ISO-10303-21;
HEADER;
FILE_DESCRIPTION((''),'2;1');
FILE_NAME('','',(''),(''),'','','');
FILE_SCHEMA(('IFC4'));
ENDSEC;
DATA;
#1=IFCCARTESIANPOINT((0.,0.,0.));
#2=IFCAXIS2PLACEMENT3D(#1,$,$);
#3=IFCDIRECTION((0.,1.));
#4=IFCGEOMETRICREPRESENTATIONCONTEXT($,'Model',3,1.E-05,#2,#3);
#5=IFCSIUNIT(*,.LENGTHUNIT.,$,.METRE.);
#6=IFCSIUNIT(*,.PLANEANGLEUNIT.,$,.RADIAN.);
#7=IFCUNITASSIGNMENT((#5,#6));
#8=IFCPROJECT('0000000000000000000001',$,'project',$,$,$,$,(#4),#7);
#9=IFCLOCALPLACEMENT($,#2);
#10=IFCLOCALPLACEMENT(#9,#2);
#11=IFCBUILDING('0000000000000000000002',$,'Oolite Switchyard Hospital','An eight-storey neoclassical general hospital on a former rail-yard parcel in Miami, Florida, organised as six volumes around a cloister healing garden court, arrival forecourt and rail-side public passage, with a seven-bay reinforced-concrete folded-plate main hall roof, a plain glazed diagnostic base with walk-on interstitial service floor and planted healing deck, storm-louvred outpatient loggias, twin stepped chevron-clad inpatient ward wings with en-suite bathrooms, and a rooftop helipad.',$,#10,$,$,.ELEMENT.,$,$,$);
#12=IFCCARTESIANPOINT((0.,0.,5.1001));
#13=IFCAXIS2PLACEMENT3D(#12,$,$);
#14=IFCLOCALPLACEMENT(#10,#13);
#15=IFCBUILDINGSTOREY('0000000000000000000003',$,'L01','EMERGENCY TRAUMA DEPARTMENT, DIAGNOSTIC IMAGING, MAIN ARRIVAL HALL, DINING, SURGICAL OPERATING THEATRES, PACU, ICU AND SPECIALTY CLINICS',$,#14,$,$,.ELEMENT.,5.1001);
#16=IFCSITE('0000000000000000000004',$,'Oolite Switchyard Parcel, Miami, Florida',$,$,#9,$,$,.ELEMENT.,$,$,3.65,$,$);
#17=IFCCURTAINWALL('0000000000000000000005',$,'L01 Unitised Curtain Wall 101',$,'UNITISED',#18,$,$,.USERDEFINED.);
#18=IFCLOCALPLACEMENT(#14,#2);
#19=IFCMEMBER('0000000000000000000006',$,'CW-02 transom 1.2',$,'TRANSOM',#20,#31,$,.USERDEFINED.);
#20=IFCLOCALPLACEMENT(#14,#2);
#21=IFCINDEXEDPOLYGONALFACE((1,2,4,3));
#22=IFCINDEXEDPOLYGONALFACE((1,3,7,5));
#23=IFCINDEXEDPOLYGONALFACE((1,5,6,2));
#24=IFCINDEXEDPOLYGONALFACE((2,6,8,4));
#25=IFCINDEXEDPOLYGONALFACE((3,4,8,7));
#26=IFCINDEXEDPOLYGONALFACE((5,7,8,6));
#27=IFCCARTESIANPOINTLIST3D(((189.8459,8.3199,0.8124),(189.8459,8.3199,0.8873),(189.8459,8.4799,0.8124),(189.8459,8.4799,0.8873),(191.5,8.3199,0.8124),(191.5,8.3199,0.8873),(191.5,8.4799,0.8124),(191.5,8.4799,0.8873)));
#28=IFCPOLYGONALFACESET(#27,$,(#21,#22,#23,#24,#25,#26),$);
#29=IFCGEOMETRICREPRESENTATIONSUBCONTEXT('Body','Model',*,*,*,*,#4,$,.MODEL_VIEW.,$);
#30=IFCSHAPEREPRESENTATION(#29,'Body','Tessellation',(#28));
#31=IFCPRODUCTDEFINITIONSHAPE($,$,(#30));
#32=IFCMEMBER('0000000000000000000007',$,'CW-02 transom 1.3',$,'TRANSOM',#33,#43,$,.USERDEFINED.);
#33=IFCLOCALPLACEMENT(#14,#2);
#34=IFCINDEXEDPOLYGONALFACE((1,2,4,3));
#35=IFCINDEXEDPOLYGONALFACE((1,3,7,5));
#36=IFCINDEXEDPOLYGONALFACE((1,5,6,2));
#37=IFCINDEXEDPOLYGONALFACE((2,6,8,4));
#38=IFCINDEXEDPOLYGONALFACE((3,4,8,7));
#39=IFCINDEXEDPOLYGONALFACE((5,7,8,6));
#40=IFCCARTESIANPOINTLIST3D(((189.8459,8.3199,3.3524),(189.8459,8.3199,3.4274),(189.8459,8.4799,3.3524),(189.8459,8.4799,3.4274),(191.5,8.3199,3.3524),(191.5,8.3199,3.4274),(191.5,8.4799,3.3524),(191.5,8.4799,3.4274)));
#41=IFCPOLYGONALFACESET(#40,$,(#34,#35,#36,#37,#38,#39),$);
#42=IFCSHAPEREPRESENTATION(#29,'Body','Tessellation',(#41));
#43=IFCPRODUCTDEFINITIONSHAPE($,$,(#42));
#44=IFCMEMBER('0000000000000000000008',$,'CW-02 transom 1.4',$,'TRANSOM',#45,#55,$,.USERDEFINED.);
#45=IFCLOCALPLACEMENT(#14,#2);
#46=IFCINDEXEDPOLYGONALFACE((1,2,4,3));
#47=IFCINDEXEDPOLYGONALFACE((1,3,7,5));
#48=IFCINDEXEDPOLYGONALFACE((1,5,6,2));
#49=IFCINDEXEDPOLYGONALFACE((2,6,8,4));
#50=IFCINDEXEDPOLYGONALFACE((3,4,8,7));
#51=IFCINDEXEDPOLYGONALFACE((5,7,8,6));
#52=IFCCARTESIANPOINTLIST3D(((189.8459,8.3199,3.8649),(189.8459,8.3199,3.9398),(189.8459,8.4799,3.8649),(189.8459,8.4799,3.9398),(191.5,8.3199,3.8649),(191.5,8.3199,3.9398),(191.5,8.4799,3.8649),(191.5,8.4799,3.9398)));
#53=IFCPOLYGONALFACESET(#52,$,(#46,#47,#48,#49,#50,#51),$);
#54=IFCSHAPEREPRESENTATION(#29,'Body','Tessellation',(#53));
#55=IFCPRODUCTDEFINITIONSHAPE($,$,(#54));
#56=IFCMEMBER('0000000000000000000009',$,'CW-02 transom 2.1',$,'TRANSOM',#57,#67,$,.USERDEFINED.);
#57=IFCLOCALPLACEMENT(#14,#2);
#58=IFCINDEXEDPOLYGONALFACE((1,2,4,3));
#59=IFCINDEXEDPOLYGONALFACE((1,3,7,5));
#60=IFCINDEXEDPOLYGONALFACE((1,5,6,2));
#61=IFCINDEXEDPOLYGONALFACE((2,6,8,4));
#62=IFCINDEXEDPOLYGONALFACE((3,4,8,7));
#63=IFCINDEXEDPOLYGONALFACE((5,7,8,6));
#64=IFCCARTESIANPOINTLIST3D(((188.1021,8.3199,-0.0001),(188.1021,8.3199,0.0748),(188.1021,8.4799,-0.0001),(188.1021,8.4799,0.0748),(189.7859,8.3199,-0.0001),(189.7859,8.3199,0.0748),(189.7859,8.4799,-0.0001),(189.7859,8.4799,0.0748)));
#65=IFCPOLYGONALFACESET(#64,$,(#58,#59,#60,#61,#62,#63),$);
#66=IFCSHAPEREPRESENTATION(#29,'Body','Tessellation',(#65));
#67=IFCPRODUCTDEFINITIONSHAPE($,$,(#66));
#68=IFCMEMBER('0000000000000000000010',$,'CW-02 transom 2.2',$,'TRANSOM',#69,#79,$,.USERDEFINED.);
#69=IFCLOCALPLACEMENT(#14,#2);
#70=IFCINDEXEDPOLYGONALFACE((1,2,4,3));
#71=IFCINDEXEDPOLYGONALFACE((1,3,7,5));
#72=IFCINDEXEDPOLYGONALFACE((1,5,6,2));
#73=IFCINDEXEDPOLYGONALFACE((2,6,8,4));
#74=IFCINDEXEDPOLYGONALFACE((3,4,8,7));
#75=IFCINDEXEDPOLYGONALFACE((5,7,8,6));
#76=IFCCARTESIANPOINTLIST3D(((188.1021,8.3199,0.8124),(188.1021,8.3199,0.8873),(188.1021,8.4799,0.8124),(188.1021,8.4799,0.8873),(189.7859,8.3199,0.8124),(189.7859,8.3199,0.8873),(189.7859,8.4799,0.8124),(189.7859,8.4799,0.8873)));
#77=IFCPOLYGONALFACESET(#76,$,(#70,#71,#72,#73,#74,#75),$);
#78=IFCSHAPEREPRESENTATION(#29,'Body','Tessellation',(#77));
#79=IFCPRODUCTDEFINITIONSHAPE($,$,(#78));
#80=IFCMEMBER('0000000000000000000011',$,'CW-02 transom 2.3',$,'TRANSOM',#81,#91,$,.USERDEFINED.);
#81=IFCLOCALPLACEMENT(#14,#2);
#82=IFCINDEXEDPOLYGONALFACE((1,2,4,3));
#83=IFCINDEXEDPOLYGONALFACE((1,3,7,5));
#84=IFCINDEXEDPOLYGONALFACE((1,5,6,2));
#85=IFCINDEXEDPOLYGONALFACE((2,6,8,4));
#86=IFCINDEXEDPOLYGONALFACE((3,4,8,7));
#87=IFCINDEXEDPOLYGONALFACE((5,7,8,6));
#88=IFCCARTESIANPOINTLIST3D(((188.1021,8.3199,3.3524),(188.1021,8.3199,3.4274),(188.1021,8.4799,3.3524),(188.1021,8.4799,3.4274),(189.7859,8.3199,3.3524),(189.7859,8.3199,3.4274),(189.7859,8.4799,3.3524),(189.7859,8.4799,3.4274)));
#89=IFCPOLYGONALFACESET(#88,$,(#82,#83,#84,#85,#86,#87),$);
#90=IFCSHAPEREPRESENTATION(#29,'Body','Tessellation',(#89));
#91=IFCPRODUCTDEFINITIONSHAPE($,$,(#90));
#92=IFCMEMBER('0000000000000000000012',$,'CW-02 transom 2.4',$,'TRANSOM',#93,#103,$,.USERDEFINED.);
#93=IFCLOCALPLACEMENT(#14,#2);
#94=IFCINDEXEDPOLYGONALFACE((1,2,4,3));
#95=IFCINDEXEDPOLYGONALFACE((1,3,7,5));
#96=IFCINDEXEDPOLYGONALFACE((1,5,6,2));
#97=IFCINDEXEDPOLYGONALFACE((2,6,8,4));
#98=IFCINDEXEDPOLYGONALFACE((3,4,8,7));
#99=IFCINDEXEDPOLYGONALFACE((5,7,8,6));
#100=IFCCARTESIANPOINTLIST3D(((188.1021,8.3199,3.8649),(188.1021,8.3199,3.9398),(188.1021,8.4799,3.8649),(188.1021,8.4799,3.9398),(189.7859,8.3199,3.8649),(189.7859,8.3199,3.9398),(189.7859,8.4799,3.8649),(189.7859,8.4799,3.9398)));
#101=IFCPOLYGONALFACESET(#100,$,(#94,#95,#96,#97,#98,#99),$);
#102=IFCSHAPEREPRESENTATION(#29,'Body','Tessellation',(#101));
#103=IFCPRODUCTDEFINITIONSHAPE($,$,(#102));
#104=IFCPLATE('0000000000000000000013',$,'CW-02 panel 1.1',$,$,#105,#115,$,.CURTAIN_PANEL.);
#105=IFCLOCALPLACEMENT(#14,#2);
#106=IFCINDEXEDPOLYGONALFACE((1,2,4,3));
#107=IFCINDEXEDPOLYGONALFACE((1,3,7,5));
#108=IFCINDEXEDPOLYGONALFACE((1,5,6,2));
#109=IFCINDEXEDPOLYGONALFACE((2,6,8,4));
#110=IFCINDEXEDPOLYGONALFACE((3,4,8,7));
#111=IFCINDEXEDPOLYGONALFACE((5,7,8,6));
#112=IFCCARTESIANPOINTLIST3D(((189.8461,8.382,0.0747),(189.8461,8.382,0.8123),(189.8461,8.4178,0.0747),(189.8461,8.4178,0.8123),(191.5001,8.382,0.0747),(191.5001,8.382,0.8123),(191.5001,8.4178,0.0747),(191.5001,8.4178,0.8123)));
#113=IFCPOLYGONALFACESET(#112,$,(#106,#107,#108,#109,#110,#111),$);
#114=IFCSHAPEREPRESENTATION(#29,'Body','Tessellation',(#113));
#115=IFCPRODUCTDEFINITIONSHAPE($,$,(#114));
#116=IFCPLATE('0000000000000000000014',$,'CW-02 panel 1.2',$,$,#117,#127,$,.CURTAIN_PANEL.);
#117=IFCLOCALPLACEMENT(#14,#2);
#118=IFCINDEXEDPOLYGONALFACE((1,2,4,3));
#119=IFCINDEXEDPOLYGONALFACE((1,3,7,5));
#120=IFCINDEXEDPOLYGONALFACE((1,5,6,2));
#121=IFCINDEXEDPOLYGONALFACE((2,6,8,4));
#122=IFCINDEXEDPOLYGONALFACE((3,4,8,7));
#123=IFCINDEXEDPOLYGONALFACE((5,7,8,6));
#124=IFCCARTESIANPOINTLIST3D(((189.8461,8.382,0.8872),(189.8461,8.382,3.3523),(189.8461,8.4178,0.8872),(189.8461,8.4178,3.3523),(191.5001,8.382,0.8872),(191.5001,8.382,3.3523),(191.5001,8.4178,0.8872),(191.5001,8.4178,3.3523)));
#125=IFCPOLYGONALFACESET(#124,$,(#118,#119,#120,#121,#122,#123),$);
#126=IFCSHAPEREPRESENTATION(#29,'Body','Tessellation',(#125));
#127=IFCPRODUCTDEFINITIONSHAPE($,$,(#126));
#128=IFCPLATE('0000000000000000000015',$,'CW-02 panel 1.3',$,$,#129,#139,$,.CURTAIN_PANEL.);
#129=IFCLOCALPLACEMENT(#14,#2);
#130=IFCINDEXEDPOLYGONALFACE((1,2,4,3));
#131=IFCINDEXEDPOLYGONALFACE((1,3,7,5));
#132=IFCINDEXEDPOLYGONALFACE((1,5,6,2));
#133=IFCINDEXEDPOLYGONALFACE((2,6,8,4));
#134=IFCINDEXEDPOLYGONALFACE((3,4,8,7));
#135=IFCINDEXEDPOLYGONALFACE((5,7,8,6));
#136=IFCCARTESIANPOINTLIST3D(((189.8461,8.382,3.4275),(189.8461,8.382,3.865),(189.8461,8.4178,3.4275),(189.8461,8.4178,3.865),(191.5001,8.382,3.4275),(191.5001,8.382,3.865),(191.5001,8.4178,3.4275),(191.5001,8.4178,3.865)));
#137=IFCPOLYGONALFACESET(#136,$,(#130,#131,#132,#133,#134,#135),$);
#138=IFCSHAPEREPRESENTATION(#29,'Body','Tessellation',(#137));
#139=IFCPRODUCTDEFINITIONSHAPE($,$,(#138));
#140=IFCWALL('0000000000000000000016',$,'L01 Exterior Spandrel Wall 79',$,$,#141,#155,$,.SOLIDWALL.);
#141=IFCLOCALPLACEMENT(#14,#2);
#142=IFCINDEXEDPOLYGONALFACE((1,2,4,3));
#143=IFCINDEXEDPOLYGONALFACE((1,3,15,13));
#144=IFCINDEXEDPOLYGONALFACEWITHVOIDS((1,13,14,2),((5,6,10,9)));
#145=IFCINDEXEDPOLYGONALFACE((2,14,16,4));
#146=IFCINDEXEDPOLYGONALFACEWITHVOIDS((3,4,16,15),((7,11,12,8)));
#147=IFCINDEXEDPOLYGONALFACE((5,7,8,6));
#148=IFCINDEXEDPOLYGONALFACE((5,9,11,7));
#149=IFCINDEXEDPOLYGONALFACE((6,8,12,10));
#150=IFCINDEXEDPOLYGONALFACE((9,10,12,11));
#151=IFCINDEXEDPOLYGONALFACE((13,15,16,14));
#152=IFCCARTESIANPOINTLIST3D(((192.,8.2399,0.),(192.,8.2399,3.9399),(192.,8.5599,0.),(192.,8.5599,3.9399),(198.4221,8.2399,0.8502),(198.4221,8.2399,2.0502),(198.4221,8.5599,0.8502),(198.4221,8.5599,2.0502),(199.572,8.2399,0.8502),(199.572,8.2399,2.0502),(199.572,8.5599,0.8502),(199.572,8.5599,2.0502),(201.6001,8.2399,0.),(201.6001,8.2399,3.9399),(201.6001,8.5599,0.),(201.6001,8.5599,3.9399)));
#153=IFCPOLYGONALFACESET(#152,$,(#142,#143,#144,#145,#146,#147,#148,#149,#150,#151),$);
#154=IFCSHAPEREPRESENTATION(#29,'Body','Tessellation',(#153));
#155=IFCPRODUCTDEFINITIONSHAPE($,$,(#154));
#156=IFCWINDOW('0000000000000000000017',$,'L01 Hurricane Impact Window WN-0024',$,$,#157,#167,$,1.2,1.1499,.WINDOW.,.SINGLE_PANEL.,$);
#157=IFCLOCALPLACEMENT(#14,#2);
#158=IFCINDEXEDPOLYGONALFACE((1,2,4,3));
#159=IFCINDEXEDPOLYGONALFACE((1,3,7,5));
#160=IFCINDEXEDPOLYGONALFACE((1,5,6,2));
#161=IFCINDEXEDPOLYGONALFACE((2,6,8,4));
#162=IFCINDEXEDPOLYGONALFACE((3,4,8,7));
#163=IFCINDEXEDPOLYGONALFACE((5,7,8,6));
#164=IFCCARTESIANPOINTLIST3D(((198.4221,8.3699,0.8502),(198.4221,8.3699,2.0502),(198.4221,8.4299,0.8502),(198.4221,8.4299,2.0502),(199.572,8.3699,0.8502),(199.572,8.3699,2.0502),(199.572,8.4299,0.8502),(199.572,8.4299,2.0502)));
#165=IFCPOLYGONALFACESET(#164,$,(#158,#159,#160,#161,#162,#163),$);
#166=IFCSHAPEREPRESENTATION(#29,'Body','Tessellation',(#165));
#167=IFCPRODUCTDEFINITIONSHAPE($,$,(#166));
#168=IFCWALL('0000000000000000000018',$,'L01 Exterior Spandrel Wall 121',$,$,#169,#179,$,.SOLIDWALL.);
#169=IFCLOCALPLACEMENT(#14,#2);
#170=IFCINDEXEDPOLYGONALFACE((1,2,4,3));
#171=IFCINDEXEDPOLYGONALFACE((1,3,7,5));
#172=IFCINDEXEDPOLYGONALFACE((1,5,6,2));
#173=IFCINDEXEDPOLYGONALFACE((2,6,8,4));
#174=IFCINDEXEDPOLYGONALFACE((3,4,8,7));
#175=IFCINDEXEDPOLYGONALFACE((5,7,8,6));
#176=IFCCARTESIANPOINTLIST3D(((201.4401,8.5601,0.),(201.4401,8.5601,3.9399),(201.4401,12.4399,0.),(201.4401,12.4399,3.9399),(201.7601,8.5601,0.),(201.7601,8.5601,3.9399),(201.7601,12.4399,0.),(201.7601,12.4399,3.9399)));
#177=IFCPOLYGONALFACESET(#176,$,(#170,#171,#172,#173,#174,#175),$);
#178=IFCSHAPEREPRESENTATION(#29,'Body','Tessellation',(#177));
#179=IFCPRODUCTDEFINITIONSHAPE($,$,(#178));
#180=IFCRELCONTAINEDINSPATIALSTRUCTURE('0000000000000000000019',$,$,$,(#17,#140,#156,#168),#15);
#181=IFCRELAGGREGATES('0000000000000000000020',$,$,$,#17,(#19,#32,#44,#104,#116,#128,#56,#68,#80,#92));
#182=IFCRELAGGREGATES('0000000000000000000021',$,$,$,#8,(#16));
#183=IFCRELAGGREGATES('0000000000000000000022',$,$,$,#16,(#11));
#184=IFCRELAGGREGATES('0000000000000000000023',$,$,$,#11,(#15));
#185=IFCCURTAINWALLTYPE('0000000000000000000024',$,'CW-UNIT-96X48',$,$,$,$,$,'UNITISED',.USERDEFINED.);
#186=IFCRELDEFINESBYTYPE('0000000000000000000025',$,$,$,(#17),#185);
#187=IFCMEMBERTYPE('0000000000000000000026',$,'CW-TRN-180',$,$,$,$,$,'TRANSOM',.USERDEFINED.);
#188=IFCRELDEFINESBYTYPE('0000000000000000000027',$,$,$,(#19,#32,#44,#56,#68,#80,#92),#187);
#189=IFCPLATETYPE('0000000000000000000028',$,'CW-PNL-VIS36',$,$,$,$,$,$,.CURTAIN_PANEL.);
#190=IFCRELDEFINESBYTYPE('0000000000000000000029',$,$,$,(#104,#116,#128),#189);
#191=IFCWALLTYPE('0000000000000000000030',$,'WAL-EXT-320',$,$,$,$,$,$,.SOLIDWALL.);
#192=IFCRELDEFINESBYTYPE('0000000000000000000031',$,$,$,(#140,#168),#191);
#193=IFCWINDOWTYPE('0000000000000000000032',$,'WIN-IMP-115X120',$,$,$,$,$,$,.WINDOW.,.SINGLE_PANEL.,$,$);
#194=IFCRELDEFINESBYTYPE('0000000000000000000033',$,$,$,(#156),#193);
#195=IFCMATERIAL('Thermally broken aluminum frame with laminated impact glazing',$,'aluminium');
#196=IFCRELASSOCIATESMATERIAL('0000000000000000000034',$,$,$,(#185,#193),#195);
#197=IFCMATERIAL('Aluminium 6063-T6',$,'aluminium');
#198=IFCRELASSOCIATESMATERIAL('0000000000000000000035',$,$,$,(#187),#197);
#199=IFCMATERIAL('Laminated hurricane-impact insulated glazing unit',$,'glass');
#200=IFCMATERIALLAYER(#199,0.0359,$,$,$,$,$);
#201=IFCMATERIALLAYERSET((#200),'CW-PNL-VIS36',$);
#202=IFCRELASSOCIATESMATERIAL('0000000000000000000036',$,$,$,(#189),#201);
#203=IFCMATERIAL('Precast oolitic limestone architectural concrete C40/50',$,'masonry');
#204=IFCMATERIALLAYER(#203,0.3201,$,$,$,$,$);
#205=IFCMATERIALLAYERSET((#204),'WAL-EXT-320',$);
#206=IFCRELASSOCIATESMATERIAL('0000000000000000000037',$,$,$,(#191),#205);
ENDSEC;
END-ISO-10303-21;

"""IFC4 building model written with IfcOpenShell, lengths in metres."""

from ifc_helpers import new_model, si_unit, direction, frame, frame_2d, origin, origin_2d, place, context, subcontext, project, spatial, rectangle, extrude, material, layer, layer_set, material_profile, profile_set, type_object, element, fill, aggregate, save


model = new_model("IFC4")

# Units and contexts
model_context = context("Model", 3, precision=1e-05, world=origin(), true_north=direction((0.0, 1.0)))
body_context = subcontext(model_context, "Body", "Model", "MODEL_VIEW")
ifc_project = project(units=[si_unit("LENGTHUNIT", "METRE"), si_unit("PLANEANGLEUNIT", "RADIAN")], contexts=[model_context])

# Site, building, storey
site_placement = place(None, origin())
site = spatial("IfcSite", under=ifc_project, at=site_placement, Name="Oolite Switchyard Parcel, Miami, Florida", CompositionType="ELEMENT", RefElevation=3.65)
building_placement = place(site_placement, origin())
building = spatial("IfcBuilding", under=site, at=building_placement, Name="Oolite Switchyard Hospital", Description="An eight-storey neoclassical general hospital on a former rail-yard parcel in Miami, Florida, organised as six volumes around a cloister healing garden court, arrival forecourt and rail-side public passage, with a seven-bay reinforced-concrete folded-plate main hall roof, a plain glazed diagnostic base with walk-on interstitial service floor and planted healing deck, storm-louvred outpatient loggias, twin stepped chevron-clad inpatient ward wings with en-suite bathrooms, and a rooftop helipad.", CompositionType="ELEMENT")
storey_placement = place(building_placement, frame((0.0, 0.0, 5.1001)))
storey = spatial("IfcBuildingStorey", under=building, at=storey_placement, Name="L01", Description="EMERGENCY TRAUMA DEPARTMENT, DIAGNOSTIC IMAGING, MAIN ARRIVAL HALL, DINING, SURGICAL OPERATING THEATRES, PACU, ICU AND SPECIALTY CLINICS", CompositionType="ELEMENT", Elevation=5.1001)

# Curtain wall, members, plates
ifc_material_1 = material(Name="Thermally broken aluminum frame with laminated impact glazing", Category="aluminium")
curtain_wall_type = type_object("IfcCurtainWallType", Name="CW-UNIT-96X48", ElementType="UNITISED", PredefinedType="USERDEFINED", material=ifc_material_1)
curtain_wall_placement = place(storey_placement, origin())
curtain_wall = element("IfcCurtainWall", 1, at=curtain_wall_placement, inside=storey, type_object=curtain_wall_type, Name="L01 Unitised Curtain Wall 101", ObjectType="UNITISED", PredefinedType="USERDEFINED")
ifc_material_2 = material(Name="Aluminium 6063-T6", Category="aluminium")
ifc_material_profile_1 = material_profile(ifc_material_2, rectangle(XDim=0.1599, YDim=0.075, at=origin_2d()), Name="CWT75X160")
ifc_profile_set_1 = profile_set([ifc_material_profile_1], Name="Aluminium 6063-T6")
member_type_1 = type_object("IfcMemberType", Name="CW-TRN-180", ElementType="TRANSOM", PredefinedType="USERDEFINED", material=ifc_profile_set_1)
member_1_placement = place(storey_placement, frame((191.5, 8.3999, 0.8499), z_axis=(-1.0, 0.0, 0.0), x_axis=(0.0, -1.0, 0.0)))
member_1 = element("IfcMember", 2, at=member_1_placement, type_object=member_type_1, Name="CW-02 transom 1.2", ObjectType="TRANSOM", PredefinedType="USERDEFINED", context=body_context, shape_type="SweptSolid", body=[
    extrude(rectangle(XDim=0.1599, YDim=0.075, at=origin_2d()), origin(), (0.0, 0.0, 1.0), 1.6541),
])
member_2_placement = place(storey_placement, frame((191.5, 8.3999, 3.3899), z_axis=(-1.0, 0.0, 0.0), x_axis=(0.0, -1.0, 0.0)))
member_2 = element("IfcMember", 3, at=member_2_placement, type_object=member_type_1, Name="CW-02 transom 1.3", ObjectType="TRANSOM", PredefinedType="USERDEFINED", context=body_context, shape_type="SweptSolid", body=[
    extrude(rectangle(XDim=0.1599, YDim=0.075, at=origin_2d()), origin(), (0.0, 0.0, 1.0), 1.6541),
])
member_3_placement = place(storey_placement, frame((191.5, 8.3999, 3.9023), z_axis=(-1.0, 0.0, 0.0), x_axis=(0.0, -1.0, 0.0)))
member_3 = element("IfcMember", 4, at=member_3_placement, type_object=member_type_1, Name="CW-02 transom 1.4", ObjectType="TRANSOM", PredefinedType="USERDEFINED", context=body_context, shape_type="SweptSolid", body=[
    extrude(rectangle(XDim=0.1599, YDim=0.075, at=origin_2d()), origin(), (0.0, 0.0, 1.0), 1.6541),
])
member_4_placement = place(storey_placement, frame((189.7859, 8.3999, 0.0374), z_axis=(-1.0, 0.0, 0.0), x_axis=(0.0, -1.0, 0.0)))
member_4 = element("IfcMember", 5, at=member_4_placement, type_object=member_type_1, Name="CW-02 transom 2.1", ObjectType="TRANSOM", PredefinedType="USERDEFINED", context=body_context, shape_type="SweptSolid", body=[
    extrude(rectangle(XDim=0.1599, YDim=0.075, at=origin_2d()), origin(), (0.0, 0.0, 1.0), 1.6838),
])
member_5_placement = place(storey_placement, frame((189.7859, 8.3999, 0.8499), z_axis=(-1.0, 0.0, 0.0), x_axis=(0.0, -1.0, 0.0)))
member_5 = element("IfcMember", 6, at=member_5_placement, type_object=member_type_1, Name="CW-02 transom 2.2", ObjectType="TRANSOM", PredefinedType="USERDEFINED", context=body_context, shape_type="SweptSolid", body=[
    extrude(rectangle(XDim=0.1599, YDim=0.075, at=origin_2d()), origin(), (0.0, 0.0, 1.0), 1.6838),
])
member_6_placement = place(storey_placement, frame((189.7859, 8.3999, 3.3899), z_axis=(-1.0, 0.0, 0.0), x_axis=(0.0, -1.0, 0.0)))
member_6 = element("IfcMember", 7, at=member_6_placement, type_object=member_type_1, Name="CW-02 transom 2.3", ObjectType="TRANSOM", PredefinedType="USERDEFINED", context=body_context, shape_type="SweptSolid", body=[
    extrude(rectangle(XDim=0.1599, YDim=0.075, at=origin_2d()), origin(), (0.0, 0.0, 1.0), 1.6838),
])
member_7_placement = place(storey_placement, frame((189.7859, 8.3999, 3.9023), z_axis=(-1.0, 0.0, 0.0), x_axis=(0.0, -1.0, 0.0)))
member_7 = element("IfcMember", 8, at=member_7_placement, type_object=member_type_1, Name="CW-02 transom 2.4", ObjectType="TRANSOM", PredefinedType="USERDEFINED", context=body_context, shape_type="SweptSolid", body=[
    extrude(rectangle(XDim=0.1599, YDim=0.075, at=origin_2d()), origin(), (0.0, 0.0, 1.0), 1.6838),
])
ifc_material_3 = material(Name="Laminated hurricane-impact insulated glazing unit", Category="glass")
ifc_layer_1 = layer(ifc_material_3, 0.0359)
ifc_layer_set_1 = layer_set([ifc_layer_1], Name="CW-PNL-VIS36")
plate_type = type_object("IfcPlateType", Name="CW-PNL-VIS36", PredefinedType="CURTAIN_PANEL", material=ifc_layer_set_1)
plate_1_placement = place(storey_placement, frame((190.6731, 8.3999, 0.0747), z_axis=(0.0, 0.0, 1.0), x_axis=(-1.0, 0.0, 0.0)))
plate_1 = element("IfcPlate", 9, at=plate_1_placement, type_object=plate_type, Name="CW-02 panel 1.1", PredefinedType="CURTAIN_PANEL", context=body_context, shape_type="SweptSolid", body=[
    extrude(rectangle(XDim=1.6541, YDim=0.0359, at=origin_2d()), origin(), (0.0, 0.0, 1.0), 0.7375),
])
plate_2_placement = place(storey_placement, frame((190.6731, 8.3999, 0.8872), z_axis=(0.0, 0.0, 1.0), x_axis=(-1.0, 0.0, 0.0)))
plate_2 = element("IfcPlate", 10, at=plate_2_placement, type_object=plate_type, Name="CW-02 panel 1.2", PredefinedType="CURTAIN_PANEL", context=body_context, shape_type="SweptSolid", body=[
    extrude(rectangle(XDim=1.6541, YDim=0.0359, at=origin_2d()), origin(), (0.0, 0.0, 1.0), 2.4651),
])
plate_3_placement = place(storey_placement, frame((190.6731, 8.3999, 3.4275), z_axis=(0.0, 0.0, 1.0), x_axis=(-1.0, 0.0, 0.0)))
plate_3 = element("IfcPlate", 11, at=plate_3_placement, type_object=plate_type, Name="CW-02 panel 1.3", PredefinedType="CURTAIN_PANEL", context=body_context, shape_type="SweptSolid", body=[
    extrude(rectangle(XDim=1.6541, YDim=0.0359, at=origin_2d()), origin(), (0.0, 0.0, 1.0), 0.4375),
])
aggregate(curtain_wall, [member_1, member_2, member_3, plate_1, plate_2, plate_3, member_4, member_5, member_6, member_7])

# Wall, opening, window
ifc_material_4 = material(Name="Precast oolitic limestone architectural concrete C40/50", Category="masonry")
ifc_layer_2 = layer(ifc_material_4, 0.3201)
ifc_layer_set_2 = layer_set([ifc_layer_2], Name="WAL-EXT-320")
wall_type = type_object("IfcWallType", Name="WAL-EXT-320", PredefinedType="SOLIDWALL", material=ifc_layer_set_2)
wall_1_placement = place(storey_placement, frame((201.6001, 8.3999, 0.0), z_axis=(0.0, 0.0, 1.0), x_axis=(-1.0, 0.0, 0.0)))
wall_1 = element("IfcWall", 12, at=wall_1_placement, inside=storey, type_object=wall_type, Name="L01 Exterior Spandrel Wall 79", PredefinedType="SOLIDWALL", context=body_context, shape_type="SweptSolid", body=[
    extrude(rectangle(XDim=9.6001, YDim=0.3201, at=frame_2d((4.8, 0.0))), origin(), (0.0, 0.0, 1.0), 3.9399),
])
opening_placement = place(wall_1_placement, frame((2.0281, 0.0, 0.8501)))
opening = element("IfcOpeningElement", 13, at=opening_placement, cuts=wall_1, PredefinedType="OPENING", context=body_context, shape_type="SweptSolid", body=[
    extrude(rectangle(XDim=1.1499, YDim=1.2, at=frame_2d((0.575, 0.6001))), frame((0.0, 0.1699, 0.0), z_axis=(0.0, -1.0, 0.0), x_axis=(1.0, 0.0, 0.0)), (0.0, 0.0, 1.0), 0.3401),
])
window_type = type_object("IfcWindowType", Name="WIN-IMP-115X120", PartitioningType="SINGLE_PANEL", PredefinedType="WINDOW", material=ifc_material_1)
window_placement = place(opening_placement, origin())
window = element("IfcWindow", 14, at=window_placement, inside=storey, type_object=window_type, Name="L01 Hurricane Impact Window WN-0024", OverallHeight=1.2, OverallWidth=1.1499, PartitioningType="SINGLE_PANEL", PredefinedType="WINDOW", context=body_context, shape_type="SweptSolid", body=[
    extrude(rectangle(XDim=1.1499, YDim=1.2, at=frame_2d((0.575, 0.6001))), frame((0.0, 0.03, 0.0), z_axis=(0.0, -1.0, 0.0), x_axis=(1.0, 0.0, 0.0)), (0.0, 0.0, 1.0), 0.0601),
])
fill(opening, window)

# Wall
wall_2_placement = place(storey_placement, frame((201.6001, 12.4399, 0.0), z_axis=(0.0, 0.0, 1.0), x_axis=(0.0, -1.0, 0.0)))
element("IfcWall", 15, at=wall_2_placement, inside=storey, type_object=wall_type, Name="L01 Exterior Spandrel Wall 121", PredefinedType="SOLIDWALL", context=body_context, shape_type="SweptSolid", body=[
    extrude(rectangle(XDim=3.8799, YDim=0.3201, at=frame_2d((1.9399, 0.0))), origin(), (0.0, 0.0, 1.0), 3.9399),
])

save(model, "model.ifc")
